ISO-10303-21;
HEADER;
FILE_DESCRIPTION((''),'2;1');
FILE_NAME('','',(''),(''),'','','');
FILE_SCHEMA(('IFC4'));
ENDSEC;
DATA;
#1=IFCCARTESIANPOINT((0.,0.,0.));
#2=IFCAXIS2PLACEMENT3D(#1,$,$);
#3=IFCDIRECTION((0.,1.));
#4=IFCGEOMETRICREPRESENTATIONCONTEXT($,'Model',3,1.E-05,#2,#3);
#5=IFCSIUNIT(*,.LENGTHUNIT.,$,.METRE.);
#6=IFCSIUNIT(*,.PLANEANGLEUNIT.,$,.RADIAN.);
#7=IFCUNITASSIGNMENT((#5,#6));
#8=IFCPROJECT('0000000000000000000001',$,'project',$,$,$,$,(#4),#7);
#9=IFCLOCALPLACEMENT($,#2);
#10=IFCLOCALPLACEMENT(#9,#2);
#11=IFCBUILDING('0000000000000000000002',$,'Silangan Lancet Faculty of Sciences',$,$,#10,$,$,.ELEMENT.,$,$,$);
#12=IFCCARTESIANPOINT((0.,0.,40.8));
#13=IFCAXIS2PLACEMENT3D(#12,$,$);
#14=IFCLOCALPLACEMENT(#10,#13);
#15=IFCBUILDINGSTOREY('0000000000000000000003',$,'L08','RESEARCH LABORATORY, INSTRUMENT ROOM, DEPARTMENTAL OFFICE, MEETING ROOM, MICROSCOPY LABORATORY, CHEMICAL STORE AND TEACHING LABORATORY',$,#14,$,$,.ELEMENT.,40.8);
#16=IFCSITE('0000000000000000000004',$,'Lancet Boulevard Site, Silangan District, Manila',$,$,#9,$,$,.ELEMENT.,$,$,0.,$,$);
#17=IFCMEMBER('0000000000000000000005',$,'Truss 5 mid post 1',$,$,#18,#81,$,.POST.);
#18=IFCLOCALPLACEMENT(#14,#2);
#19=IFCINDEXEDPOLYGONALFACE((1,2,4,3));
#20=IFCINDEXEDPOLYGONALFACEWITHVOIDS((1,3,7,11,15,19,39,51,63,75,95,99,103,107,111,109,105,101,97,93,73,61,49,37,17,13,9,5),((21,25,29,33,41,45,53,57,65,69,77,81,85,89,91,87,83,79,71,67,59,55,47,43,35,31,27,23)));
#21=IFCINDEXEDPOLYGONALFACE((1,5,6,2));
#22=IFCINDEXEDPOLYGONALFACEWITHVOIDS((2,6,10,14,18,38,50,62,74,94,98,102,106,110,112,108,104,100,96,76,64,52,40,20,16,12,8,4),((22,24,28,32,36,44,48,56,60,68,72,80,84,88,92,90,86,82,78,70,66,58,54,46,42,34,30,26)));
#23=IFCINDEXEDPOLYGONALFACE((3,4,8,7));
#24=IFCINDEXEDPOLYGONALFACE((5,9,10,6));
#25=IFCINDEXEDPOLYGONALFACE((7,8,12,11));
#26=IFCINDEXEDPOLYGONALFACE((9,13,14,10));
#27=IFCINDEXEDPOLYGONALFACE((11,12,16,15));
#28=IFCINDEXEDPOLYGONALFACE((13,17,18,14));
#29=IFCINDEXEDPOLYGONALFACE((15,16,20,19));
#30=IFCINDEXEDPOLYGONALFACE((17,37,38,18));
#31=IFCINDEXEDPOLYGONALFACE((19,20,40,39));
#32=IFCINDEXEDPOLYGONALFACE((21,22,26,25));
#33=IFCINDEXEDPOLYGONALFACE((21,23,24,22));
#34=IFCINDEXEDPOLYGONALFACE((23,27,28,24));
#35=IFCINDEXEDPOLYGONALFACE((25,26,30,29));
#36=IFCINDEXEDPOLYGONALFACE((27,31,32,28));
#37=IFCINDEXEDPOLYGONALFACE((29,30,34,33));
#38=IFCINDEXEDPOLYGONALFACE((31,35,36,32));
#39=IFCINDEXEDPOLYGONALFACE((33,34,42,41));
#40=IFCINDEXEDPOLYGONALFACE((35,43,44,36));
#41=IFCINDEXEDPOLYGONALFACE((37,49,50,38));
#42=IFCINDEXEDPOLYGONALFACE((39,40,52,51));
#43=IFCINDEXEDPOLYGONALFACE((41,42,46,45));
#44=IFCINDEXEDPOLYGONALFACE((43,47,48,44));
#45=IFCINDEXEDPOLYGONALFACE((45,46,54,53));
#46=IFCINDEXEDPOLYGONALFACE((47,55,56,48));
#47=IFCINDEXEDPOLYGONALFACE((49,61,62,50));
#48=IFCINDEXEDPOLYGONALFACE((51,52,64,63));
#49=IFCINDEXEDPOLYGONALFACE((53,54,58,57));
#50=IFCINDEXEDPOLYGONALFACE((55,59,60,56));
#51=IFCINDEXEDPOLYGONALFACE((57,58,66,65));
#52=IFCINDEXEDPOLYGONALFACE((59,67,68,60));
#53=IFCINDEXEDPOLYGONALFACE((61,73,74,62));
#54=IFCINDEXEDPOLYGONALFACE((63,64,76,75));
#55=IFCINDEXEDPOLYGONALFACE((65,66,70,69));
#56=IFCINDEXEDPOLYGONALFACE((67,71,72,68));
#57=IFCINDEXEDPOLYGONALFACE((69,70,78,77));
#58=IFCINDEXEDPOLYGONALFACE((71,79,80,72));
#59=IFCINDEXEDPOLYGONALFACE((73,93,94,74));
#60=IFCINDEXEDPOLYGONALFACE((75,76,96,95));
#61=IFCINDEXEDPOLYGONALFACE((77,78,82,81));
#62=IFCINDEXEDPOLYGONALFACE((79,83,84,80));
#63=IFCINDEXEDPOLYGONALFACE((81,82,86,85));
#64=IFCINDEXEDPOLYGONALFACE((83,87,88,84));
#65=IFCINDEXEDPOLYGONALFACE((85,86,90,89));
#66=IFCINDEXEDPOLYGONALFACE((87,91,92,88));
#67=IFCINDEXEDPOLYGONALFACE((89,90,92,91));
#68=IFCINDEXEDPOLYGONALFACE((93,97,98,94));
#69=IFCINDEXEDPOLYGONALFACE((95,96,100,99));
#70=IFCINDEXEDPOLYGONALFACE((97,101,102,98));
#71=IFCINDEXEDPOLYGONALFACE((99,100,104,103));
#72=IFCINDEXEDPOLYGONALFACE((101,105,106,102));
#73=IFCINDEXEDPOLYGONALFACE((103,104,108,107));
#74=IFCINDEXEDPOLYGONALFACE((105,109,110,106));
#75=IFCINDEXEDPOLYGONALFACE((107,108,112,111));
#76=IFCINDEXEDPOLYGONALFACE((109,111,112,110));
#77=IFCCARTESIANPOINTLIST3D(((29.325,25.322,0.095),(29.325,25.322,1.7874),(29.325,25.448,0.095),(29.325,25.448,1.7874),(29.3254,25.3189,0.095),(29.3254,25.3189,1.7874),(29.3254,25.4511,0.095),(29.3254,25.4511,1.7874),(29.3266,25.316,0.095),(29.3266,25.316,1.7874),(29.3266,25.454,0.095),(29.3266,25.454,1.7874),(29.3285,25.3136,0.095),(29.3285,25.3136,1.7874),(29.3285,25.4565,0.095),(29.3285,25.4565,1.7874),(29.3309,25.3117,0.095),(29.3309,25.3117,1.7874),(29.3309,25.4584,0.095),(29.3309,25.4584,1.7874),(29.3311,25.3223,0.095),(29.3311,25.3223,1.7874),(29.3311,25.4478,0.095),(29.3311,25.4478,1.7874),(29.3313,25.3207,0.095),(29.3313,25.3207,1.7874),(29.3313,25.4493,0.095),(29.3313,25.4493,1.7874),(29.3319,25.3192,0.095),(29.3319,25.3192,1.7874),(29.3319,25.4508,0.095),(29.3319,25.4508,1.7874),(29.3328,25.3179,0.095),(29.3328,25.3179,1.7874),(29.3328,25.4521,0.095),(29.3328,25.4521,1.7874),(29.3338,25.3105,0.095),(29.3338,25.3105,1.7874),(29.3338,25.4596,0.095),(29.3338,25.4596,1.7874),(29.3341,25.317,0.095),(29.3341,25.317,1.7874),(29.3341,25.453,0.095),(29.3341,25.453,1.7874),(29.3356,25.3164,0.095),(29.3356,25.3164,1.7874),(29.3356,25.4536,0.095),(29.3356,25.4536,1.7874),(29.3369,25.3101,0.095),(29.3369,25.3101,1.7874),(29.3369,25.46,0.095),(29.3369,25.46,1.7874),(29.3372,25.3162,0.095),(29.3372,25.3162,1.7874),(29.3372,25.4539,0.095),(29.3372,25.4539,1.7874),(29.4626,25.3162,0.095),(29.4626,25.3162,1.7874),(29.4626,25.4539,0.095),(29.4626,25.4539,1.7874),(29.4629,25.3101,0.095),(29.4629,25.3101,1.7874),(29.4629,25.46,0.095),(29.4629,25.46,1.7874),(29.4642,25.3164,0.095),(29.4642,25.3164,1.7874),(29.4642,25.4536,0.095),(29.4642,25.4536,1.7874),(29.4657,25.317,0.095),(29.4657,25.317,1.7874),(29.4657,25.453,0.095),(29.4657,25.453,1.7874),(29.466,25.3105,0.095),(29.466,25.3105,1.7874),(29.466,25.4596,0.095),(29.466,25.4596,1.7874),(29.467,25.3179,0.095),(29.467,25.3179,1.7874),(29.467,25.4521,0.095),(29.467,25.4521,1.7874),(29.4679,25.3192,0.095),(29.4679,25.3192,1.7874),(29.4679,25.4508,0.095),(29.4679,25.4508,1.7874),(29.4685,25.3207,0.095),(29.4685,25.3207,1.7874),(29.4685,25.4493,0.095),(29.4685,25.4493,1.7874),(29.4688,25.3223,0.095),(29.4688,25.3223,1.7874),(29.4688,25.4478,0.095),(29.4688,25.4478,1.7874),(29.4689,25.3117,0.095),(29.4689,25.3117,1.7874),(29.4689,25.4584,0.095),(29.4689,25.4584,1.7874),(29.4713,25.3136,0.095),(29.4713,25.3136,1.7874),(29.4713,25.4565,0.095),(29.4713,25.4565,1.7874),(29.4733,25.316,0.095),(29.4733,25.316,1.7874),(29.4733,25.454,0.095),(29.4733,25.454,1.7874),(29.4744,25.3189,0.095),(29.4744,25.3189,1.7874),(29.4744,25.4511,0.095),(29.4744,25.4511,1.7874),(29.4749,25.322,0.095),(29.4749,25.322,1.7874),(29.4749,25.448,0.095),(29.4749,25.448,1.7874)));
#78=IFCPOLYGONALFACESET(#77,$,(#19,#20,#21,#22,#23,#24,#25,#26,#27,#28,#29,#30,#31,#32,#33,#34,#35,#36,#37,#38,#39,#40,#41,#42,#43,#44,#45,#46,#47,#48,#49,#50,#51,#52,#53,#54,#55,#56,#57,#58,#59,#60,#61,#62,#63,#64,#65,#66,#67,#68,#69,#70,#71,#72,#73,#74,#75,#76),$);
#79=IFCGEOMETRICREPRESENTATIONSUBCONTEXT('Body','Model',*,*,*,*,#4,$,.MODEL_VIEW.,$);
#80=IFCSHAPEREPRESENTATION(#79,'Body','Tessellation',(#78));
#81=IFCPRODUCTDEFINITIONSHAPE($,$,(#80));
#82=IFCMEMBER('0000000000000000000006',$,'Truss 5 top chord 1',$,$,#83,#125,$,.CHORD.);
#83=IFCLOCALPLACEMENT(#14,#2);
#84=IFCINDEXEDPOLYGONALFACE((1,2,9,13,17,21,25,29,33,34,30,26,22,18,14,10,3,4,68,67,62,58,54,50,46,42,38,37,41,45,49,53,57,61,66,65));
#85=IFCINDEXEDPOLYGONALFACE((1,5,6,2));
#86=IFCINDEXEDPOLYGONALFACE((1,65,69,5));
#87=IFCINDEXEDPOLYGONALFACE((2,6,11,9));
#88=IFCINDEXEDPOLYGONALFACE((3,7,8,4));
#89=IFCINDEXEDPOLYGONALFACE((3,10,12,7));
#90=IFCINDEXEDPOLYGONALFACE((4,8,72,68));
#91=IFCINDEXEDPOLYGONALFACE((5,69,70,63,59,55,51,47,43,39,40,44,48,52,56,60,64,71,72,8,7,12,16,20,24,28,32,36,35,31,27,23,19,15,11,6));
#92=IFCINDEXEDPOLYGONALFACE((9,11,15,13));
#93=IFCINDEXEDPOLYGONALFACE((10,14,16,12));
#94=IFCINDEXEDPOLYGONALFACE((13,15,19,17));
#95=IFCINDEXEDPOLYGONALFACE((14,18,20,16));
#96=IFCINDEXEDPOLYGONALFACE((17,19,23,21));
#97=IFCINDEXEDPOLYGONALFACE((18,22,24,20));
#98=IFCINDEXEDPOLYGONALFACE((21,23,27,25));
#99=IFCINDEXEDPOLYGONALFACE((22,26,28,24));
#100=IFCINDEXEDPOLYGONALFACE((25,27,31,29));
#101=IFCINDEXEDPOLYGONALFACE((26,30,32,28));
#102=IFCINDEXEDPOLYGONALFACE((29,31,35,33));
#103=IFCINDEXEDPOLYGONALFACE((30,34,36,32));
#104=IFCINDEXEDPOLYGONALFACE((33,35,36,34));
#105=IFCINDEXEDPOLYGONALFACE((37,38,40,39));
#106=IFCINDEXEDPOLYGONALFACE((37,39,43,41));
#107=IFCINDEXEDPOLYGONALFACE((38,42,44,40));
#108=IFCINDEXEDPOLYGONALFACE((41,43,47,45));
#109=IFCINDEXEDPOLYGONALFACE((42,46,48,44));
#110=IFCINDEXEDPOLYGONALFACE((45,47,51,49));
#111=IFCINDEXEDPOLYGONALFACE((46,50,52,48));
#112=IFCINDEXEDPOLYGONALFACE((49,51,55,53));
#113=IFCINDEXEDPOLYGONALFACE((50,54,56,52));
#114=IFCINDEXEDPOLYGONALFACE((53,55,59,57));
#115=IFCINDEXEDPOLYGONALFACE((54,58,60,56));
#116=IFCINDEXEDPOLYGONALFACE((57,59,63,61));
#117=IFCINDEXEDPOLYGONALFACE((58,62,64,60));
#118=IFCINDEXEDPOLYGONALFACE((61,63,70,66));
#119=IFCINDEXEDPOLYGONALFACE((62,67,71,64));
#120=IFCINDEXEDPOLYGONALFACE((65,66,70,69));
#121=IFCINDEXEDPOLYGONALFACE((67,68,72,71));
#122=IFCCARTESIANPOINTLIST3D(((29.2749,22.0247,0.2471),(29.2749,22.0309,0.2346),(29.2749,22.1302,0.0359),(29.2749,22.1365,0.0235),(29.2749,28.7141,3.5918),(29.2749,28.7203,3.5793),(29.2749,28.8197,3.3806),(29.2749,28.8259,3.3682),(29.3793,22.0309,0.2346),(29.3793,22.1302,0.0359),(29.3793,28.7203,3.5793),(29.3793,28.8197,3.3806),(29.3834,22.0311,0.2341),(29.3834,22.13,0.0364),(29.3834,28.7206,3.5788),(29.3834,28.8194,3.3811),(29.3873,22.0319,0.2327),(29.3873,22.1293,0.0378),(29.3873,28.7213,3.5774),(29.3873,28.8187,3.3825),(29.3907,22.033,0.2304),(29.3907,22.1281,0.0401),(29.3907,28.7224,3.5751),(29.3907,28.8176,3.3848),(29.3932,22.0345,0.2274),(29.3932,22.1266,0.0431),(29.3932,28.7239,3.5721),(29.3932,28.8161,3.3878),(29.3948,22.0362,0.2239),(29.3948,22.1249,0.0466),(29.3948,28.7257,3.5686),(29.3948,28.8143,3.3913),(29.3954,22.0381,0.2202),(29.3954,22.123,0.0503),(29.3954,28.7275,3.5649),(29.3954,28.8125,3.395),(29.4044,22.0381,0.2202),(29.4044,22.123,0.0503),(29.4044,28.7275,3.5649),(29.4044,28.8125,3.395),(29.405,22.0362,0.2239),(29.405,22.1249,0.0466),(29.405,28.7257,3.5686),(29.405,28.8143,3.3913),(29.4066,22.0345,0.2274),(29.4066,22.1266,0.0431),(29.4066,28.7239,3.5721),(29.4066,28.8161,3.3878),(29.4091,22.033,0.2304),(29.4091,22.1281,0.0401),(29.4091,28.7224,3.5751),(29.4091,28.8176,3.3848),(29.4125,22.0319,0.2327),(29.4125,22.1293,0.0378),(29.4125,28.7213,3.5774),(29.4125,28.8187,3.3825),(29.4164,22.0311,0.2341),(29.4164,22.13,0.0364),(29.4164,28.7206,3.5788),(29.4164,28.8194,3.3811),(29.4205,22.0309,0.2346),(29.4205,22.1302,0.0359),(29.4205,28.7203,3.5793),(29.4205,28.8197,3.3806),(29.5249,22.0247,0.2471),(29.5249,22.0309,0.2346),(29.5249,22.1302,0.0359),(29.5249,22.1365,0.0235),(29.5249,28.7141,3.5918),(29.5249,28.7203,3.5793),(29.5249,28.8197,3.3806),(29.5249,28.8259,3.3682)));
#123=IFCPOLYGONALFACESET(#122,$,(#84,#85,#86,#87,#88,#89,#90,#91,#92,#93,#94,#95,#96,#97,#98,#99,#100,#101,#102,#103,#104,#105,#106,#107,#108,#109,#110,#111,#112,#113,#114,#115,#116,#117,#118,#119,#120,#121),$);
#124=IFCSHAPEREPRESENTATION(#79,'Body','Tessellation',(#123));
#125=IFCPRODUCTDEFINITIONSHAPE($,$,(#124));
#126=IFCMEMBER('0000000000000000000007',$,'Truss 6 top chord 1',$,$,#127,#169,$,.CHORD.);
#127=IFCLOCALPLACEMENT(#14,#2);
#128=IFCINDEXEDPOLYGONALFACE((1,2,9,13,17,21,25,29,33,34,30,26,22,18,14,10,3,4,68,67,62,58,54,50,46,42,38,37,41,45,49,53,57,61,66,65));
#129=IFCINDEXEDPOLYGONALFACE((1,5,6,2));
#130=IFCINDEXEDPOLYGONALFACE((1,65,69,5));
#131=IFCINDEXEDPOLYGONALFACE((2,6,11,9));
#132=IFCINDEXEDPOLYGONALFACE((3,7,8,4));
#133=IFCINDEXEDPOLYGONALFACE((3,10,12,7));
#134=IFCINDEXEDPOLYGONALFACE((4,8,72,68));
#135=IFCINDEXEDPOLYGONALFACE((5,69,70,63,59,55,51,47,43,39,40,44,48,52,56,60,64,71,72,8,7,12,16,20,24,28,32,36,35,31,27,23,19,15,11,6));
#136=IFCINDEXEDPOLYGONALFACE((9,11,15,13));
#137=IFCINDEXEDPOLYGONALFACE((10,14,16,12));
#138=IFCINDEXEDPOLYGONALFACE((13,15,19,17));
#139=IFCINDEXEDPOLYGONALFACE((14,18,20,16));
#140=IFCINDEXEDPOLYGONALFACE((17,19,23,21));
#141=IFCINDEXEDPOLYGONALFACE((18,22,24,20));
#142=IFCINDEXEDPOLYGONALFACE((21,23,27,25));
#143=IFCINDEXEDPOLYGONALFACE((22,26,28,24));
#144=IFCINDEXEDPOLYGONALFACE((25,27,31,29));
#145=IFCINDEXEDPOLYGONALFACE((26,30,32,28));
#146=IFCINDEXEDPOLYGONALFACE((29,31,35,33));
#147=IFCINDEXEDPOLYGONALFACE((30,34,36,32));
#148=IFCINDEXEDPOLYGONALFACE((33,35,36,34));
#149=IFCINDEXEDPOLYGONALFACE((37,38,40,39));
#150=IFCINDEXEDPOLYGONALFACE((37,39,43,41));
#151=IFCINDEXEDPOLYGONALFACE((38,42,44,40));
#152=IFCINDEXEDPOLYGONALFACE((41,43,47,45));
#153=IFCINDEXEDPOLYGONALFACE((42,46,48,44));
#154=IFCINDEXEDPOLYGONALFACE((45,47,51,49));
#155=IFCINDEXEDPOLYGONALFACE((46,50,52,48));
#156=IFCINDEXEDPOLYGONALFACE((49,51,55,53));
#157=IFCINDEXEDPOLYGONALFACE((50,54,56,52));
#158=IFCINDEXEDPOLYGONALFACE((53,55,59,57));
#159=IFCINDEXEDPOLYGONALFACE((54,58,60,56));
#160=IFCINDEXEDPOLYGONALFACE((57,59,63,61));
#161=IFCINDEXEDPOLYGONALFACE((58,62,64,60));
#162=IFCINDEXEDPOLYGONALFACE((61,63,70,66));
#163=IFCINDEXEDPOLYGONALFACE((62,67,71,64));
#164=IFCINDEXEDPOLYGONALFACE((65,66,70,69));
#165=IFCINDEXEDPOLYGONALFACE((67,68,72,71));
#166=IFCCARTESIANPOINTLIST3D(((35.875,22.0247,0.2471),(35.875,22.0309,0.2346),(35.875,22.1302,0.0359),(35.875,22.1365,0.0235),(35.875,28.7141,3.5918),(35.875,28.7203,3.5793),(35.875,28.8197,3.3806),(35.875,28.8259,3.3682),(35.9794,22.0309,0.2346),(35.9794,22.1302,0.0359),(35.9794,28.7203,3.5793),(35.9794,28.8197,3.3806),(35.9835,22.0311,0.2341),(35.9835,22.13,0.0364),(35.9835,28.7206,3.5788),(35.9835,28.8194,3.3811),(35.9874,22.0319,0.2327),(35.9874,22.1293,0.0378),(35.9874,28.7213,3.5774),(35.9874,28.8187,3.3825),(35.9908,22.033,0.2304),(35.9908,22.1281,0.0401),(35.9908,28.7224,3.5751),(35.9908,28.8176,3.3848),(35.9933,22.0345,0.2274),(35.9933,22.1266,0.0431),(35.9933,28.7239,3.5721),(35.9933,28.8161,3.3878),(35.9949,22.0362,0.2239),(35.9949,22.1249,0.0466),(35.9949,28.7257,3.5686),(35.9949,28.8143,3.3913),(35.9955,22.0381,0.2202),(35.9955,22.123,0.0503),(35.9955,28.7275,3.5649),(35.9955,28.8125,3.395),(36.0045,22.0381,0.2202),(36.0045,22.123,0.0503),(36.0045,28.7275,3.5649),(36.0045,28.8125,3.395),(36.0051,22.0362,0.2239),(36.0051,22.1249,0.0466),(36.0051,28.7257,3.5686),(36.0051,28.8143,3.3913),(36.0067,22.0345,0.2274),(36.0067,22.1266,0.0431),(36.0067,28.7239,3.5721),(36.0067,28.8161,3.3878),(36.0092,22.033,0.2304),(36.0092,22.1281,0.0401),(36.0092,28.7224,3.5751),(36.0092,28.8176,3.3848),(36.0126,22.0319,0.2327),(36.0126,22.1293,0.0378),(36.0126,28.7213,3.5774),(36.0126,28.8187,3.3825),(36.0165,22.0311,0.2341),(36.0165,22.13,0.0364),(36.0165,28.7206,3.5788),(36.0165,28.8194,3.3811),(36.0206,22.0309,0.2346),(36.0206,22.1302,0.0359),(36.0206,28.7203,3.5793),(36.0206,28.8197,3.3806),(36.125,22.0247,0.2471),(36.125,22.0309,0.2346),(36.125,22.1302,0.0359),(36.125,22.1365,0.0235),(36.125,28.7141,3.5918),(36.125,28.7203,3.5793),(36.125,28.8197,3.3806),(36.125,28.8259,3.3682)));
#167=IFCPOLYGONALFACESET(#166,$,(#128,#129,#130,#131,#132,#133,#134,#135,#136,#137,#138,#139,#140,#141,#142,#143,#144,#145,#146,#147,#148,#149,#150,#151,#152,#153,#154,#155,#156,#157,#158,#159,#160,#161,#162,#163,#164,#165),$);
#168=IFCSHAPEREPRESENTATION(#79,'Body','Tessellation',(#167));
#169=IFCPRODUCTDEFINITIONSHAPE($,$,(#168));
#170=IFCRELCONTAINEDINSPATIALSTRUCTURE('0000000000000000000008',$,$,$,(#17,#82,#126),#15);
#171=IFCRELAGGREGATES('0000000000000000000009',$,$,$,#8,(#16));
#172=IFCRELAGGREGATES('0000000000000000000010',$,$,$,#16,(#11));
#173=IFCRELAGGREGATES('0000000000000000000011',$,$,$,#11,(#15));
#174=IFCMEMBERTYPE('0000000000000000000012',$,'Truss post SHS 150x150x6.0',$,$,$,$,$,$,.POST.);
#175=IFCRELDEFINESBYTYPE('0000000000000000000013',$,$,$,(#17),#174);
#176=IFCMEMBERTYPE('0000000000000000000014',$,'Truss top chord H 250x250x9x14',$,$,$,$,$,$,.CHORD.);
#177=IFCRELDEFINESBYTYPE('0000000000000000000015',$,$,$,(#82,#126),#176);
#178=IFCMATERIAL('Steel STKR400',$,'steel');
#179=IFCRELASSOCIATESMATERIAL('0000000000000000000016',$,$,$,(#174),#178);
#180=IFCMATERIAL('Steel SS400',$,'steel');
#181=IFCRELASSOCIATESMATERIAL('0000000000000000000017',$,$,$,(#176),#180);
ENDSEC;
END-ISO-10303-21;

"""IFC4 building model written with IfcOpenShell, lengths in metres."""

from ifc_helpers import new_model, si_unit, direction, frame, origin, origin_2d, place, context, subcontext, project, spatial, hollow_rectangle, i_section, extrude, material, material_profile, profile_set, type_object, element, save


model = new_model("IFC4")

# Units and contexts
model_context = context("Model", 3, precision=1e-05, world=origin(), true_north=direction((0.0, 1.0)))
body_context = subcontext(model_context, "Body", "Model", "MODEL_VIEW")
ifc_project = project(units=[si_unit("LENGTHUNIT", "METRE"), si_unit("PLANEANGLEUNIT", "RADIAN")], contexts=[model_context])

# Site, building, storey
site_placement = place(None, origin())
site = spatial("IfcSite", under=ifc_project, at=site_placement, Name="Lancet Boulevard Site, Silangan District, Manila", CompositionType="ELEMENT", RefElevation=0.0)
building_placement = place(site_placement, origin())
building = spatial("IfcBuilding", under=site, at=building_placement, Name="Silangan Lancet Faculty of Sciences", CompositionType="ELEMENT")
storey_placement = place(building_placement, frame((0.0, 0.0, 40.8)))
storey = spatial("IfcBuildingStorey", under=building, at=storey_placement, Name="L08", Description="RESEARCH LABORATORY, INSTRUMENT ROOM, DEPARTMENTAL OFFICE, MEETING ROOM, MICROSCOPY LABORATORY, CHEMICAL STORE AND TEACHING LABORATORY", CompositionType="ELEMENT", Elevation=40.8)

# Members
ifc_material_1 = material(Name="Steel STKR400", Category="steel")
ifc_material_profile_1 = material_profile(ifc_material_1, hollow_rectangle(XDim=0.1499, YDim=0.1499, WallThickness=0.0061, InnerFilletRadius=0.0061, OuterFilletRadius=0.012, at=origin_2d()), Name="SHS 150x150x6.0")
ifc_profile_set_1 = profile_set([ifc_material_profile_1], Name="Steel STKR400")
member_type_1 = type_object("IfcMemberType", Name="Truss post SHS 150x150x6.0", PredefinedType="POST", material=ifc_profile_set_1)
member_1_placement = place(storey_placement, frame((29.3999, 25.385, 0.095), z_axis=(0.0, 0.0, 1.0), x_axis=(1.0, 0.0, 0.0)))
element("IfcMember", 1, at=member_1_placement, inside=storey, type_object=member_type_1, Name="Truss 5 mid post 1", PredefinedType="POST", context=body_context, shape_type="SweptSolid", body=[
    extrude(hollow_rectangle(XDim=0.1499, YDim=0.1499, WallThickness=0.0061, InnerFilletRadius=0.0061, OuterFilletRadius=0.012, at=origin_2d()), origin(), (0.0, 0.0, 1.0), 1.6924),
])
ifc_material_2 = material(Name="Steel SS400", Category="steel")
ifc_material_profile_2 = material_profile(ifc_material_2, i_section(OverallWidth=0.25, OverallDepth=0.25, WebThickness=0.009, FlangeThickness=0.0139, FilletRadius=0.0161, at=origin_2d()), Name="H 250x250x9x14")
ifc_profile_set_2 = profile_set([ifc_material_profile_2], Name="Steel SS400")
member_type_2 = type_object("IfcMemberType", Name="Truss top chord H 250x250x9x14", PredefinedType="CHORD", material=ifc_profile_set_2)
for number, where, z_axis, x_axis, name in (
    (2, (29.3999, 22.0806, 0.1353), (0.0, 0.894427, 0.447214), (-1.0, 0.0, 0.0), "Truss 5 top chord 1"),
    (3, (36.0, 22.0806, 0.1353), (0.0, 0.894427, 0.447214), (-1.0, 0.0, 0.0), "Truss 6 top chord 1"),
):
    element("IfcMember", number, at=place(storey_placement, frame(where, z_axis=z_axis, x_axis=x_axis)), inside=storey, type_object=member_type_2, Name=name, PredefinedType="CHORD", context=body_context, shape_type="SweptSolid", body=[
        extrude(i_section(OverallWidth=0.25, OverallDepth=0.25, WebThickness=0.009, FlangeThickness=0.0139, FilletRadius=0.0161, at=origin_2d()), origin(), (0.0, 0.0, 1.0), 7.479),
    ])

save(model, "model.ifc")
